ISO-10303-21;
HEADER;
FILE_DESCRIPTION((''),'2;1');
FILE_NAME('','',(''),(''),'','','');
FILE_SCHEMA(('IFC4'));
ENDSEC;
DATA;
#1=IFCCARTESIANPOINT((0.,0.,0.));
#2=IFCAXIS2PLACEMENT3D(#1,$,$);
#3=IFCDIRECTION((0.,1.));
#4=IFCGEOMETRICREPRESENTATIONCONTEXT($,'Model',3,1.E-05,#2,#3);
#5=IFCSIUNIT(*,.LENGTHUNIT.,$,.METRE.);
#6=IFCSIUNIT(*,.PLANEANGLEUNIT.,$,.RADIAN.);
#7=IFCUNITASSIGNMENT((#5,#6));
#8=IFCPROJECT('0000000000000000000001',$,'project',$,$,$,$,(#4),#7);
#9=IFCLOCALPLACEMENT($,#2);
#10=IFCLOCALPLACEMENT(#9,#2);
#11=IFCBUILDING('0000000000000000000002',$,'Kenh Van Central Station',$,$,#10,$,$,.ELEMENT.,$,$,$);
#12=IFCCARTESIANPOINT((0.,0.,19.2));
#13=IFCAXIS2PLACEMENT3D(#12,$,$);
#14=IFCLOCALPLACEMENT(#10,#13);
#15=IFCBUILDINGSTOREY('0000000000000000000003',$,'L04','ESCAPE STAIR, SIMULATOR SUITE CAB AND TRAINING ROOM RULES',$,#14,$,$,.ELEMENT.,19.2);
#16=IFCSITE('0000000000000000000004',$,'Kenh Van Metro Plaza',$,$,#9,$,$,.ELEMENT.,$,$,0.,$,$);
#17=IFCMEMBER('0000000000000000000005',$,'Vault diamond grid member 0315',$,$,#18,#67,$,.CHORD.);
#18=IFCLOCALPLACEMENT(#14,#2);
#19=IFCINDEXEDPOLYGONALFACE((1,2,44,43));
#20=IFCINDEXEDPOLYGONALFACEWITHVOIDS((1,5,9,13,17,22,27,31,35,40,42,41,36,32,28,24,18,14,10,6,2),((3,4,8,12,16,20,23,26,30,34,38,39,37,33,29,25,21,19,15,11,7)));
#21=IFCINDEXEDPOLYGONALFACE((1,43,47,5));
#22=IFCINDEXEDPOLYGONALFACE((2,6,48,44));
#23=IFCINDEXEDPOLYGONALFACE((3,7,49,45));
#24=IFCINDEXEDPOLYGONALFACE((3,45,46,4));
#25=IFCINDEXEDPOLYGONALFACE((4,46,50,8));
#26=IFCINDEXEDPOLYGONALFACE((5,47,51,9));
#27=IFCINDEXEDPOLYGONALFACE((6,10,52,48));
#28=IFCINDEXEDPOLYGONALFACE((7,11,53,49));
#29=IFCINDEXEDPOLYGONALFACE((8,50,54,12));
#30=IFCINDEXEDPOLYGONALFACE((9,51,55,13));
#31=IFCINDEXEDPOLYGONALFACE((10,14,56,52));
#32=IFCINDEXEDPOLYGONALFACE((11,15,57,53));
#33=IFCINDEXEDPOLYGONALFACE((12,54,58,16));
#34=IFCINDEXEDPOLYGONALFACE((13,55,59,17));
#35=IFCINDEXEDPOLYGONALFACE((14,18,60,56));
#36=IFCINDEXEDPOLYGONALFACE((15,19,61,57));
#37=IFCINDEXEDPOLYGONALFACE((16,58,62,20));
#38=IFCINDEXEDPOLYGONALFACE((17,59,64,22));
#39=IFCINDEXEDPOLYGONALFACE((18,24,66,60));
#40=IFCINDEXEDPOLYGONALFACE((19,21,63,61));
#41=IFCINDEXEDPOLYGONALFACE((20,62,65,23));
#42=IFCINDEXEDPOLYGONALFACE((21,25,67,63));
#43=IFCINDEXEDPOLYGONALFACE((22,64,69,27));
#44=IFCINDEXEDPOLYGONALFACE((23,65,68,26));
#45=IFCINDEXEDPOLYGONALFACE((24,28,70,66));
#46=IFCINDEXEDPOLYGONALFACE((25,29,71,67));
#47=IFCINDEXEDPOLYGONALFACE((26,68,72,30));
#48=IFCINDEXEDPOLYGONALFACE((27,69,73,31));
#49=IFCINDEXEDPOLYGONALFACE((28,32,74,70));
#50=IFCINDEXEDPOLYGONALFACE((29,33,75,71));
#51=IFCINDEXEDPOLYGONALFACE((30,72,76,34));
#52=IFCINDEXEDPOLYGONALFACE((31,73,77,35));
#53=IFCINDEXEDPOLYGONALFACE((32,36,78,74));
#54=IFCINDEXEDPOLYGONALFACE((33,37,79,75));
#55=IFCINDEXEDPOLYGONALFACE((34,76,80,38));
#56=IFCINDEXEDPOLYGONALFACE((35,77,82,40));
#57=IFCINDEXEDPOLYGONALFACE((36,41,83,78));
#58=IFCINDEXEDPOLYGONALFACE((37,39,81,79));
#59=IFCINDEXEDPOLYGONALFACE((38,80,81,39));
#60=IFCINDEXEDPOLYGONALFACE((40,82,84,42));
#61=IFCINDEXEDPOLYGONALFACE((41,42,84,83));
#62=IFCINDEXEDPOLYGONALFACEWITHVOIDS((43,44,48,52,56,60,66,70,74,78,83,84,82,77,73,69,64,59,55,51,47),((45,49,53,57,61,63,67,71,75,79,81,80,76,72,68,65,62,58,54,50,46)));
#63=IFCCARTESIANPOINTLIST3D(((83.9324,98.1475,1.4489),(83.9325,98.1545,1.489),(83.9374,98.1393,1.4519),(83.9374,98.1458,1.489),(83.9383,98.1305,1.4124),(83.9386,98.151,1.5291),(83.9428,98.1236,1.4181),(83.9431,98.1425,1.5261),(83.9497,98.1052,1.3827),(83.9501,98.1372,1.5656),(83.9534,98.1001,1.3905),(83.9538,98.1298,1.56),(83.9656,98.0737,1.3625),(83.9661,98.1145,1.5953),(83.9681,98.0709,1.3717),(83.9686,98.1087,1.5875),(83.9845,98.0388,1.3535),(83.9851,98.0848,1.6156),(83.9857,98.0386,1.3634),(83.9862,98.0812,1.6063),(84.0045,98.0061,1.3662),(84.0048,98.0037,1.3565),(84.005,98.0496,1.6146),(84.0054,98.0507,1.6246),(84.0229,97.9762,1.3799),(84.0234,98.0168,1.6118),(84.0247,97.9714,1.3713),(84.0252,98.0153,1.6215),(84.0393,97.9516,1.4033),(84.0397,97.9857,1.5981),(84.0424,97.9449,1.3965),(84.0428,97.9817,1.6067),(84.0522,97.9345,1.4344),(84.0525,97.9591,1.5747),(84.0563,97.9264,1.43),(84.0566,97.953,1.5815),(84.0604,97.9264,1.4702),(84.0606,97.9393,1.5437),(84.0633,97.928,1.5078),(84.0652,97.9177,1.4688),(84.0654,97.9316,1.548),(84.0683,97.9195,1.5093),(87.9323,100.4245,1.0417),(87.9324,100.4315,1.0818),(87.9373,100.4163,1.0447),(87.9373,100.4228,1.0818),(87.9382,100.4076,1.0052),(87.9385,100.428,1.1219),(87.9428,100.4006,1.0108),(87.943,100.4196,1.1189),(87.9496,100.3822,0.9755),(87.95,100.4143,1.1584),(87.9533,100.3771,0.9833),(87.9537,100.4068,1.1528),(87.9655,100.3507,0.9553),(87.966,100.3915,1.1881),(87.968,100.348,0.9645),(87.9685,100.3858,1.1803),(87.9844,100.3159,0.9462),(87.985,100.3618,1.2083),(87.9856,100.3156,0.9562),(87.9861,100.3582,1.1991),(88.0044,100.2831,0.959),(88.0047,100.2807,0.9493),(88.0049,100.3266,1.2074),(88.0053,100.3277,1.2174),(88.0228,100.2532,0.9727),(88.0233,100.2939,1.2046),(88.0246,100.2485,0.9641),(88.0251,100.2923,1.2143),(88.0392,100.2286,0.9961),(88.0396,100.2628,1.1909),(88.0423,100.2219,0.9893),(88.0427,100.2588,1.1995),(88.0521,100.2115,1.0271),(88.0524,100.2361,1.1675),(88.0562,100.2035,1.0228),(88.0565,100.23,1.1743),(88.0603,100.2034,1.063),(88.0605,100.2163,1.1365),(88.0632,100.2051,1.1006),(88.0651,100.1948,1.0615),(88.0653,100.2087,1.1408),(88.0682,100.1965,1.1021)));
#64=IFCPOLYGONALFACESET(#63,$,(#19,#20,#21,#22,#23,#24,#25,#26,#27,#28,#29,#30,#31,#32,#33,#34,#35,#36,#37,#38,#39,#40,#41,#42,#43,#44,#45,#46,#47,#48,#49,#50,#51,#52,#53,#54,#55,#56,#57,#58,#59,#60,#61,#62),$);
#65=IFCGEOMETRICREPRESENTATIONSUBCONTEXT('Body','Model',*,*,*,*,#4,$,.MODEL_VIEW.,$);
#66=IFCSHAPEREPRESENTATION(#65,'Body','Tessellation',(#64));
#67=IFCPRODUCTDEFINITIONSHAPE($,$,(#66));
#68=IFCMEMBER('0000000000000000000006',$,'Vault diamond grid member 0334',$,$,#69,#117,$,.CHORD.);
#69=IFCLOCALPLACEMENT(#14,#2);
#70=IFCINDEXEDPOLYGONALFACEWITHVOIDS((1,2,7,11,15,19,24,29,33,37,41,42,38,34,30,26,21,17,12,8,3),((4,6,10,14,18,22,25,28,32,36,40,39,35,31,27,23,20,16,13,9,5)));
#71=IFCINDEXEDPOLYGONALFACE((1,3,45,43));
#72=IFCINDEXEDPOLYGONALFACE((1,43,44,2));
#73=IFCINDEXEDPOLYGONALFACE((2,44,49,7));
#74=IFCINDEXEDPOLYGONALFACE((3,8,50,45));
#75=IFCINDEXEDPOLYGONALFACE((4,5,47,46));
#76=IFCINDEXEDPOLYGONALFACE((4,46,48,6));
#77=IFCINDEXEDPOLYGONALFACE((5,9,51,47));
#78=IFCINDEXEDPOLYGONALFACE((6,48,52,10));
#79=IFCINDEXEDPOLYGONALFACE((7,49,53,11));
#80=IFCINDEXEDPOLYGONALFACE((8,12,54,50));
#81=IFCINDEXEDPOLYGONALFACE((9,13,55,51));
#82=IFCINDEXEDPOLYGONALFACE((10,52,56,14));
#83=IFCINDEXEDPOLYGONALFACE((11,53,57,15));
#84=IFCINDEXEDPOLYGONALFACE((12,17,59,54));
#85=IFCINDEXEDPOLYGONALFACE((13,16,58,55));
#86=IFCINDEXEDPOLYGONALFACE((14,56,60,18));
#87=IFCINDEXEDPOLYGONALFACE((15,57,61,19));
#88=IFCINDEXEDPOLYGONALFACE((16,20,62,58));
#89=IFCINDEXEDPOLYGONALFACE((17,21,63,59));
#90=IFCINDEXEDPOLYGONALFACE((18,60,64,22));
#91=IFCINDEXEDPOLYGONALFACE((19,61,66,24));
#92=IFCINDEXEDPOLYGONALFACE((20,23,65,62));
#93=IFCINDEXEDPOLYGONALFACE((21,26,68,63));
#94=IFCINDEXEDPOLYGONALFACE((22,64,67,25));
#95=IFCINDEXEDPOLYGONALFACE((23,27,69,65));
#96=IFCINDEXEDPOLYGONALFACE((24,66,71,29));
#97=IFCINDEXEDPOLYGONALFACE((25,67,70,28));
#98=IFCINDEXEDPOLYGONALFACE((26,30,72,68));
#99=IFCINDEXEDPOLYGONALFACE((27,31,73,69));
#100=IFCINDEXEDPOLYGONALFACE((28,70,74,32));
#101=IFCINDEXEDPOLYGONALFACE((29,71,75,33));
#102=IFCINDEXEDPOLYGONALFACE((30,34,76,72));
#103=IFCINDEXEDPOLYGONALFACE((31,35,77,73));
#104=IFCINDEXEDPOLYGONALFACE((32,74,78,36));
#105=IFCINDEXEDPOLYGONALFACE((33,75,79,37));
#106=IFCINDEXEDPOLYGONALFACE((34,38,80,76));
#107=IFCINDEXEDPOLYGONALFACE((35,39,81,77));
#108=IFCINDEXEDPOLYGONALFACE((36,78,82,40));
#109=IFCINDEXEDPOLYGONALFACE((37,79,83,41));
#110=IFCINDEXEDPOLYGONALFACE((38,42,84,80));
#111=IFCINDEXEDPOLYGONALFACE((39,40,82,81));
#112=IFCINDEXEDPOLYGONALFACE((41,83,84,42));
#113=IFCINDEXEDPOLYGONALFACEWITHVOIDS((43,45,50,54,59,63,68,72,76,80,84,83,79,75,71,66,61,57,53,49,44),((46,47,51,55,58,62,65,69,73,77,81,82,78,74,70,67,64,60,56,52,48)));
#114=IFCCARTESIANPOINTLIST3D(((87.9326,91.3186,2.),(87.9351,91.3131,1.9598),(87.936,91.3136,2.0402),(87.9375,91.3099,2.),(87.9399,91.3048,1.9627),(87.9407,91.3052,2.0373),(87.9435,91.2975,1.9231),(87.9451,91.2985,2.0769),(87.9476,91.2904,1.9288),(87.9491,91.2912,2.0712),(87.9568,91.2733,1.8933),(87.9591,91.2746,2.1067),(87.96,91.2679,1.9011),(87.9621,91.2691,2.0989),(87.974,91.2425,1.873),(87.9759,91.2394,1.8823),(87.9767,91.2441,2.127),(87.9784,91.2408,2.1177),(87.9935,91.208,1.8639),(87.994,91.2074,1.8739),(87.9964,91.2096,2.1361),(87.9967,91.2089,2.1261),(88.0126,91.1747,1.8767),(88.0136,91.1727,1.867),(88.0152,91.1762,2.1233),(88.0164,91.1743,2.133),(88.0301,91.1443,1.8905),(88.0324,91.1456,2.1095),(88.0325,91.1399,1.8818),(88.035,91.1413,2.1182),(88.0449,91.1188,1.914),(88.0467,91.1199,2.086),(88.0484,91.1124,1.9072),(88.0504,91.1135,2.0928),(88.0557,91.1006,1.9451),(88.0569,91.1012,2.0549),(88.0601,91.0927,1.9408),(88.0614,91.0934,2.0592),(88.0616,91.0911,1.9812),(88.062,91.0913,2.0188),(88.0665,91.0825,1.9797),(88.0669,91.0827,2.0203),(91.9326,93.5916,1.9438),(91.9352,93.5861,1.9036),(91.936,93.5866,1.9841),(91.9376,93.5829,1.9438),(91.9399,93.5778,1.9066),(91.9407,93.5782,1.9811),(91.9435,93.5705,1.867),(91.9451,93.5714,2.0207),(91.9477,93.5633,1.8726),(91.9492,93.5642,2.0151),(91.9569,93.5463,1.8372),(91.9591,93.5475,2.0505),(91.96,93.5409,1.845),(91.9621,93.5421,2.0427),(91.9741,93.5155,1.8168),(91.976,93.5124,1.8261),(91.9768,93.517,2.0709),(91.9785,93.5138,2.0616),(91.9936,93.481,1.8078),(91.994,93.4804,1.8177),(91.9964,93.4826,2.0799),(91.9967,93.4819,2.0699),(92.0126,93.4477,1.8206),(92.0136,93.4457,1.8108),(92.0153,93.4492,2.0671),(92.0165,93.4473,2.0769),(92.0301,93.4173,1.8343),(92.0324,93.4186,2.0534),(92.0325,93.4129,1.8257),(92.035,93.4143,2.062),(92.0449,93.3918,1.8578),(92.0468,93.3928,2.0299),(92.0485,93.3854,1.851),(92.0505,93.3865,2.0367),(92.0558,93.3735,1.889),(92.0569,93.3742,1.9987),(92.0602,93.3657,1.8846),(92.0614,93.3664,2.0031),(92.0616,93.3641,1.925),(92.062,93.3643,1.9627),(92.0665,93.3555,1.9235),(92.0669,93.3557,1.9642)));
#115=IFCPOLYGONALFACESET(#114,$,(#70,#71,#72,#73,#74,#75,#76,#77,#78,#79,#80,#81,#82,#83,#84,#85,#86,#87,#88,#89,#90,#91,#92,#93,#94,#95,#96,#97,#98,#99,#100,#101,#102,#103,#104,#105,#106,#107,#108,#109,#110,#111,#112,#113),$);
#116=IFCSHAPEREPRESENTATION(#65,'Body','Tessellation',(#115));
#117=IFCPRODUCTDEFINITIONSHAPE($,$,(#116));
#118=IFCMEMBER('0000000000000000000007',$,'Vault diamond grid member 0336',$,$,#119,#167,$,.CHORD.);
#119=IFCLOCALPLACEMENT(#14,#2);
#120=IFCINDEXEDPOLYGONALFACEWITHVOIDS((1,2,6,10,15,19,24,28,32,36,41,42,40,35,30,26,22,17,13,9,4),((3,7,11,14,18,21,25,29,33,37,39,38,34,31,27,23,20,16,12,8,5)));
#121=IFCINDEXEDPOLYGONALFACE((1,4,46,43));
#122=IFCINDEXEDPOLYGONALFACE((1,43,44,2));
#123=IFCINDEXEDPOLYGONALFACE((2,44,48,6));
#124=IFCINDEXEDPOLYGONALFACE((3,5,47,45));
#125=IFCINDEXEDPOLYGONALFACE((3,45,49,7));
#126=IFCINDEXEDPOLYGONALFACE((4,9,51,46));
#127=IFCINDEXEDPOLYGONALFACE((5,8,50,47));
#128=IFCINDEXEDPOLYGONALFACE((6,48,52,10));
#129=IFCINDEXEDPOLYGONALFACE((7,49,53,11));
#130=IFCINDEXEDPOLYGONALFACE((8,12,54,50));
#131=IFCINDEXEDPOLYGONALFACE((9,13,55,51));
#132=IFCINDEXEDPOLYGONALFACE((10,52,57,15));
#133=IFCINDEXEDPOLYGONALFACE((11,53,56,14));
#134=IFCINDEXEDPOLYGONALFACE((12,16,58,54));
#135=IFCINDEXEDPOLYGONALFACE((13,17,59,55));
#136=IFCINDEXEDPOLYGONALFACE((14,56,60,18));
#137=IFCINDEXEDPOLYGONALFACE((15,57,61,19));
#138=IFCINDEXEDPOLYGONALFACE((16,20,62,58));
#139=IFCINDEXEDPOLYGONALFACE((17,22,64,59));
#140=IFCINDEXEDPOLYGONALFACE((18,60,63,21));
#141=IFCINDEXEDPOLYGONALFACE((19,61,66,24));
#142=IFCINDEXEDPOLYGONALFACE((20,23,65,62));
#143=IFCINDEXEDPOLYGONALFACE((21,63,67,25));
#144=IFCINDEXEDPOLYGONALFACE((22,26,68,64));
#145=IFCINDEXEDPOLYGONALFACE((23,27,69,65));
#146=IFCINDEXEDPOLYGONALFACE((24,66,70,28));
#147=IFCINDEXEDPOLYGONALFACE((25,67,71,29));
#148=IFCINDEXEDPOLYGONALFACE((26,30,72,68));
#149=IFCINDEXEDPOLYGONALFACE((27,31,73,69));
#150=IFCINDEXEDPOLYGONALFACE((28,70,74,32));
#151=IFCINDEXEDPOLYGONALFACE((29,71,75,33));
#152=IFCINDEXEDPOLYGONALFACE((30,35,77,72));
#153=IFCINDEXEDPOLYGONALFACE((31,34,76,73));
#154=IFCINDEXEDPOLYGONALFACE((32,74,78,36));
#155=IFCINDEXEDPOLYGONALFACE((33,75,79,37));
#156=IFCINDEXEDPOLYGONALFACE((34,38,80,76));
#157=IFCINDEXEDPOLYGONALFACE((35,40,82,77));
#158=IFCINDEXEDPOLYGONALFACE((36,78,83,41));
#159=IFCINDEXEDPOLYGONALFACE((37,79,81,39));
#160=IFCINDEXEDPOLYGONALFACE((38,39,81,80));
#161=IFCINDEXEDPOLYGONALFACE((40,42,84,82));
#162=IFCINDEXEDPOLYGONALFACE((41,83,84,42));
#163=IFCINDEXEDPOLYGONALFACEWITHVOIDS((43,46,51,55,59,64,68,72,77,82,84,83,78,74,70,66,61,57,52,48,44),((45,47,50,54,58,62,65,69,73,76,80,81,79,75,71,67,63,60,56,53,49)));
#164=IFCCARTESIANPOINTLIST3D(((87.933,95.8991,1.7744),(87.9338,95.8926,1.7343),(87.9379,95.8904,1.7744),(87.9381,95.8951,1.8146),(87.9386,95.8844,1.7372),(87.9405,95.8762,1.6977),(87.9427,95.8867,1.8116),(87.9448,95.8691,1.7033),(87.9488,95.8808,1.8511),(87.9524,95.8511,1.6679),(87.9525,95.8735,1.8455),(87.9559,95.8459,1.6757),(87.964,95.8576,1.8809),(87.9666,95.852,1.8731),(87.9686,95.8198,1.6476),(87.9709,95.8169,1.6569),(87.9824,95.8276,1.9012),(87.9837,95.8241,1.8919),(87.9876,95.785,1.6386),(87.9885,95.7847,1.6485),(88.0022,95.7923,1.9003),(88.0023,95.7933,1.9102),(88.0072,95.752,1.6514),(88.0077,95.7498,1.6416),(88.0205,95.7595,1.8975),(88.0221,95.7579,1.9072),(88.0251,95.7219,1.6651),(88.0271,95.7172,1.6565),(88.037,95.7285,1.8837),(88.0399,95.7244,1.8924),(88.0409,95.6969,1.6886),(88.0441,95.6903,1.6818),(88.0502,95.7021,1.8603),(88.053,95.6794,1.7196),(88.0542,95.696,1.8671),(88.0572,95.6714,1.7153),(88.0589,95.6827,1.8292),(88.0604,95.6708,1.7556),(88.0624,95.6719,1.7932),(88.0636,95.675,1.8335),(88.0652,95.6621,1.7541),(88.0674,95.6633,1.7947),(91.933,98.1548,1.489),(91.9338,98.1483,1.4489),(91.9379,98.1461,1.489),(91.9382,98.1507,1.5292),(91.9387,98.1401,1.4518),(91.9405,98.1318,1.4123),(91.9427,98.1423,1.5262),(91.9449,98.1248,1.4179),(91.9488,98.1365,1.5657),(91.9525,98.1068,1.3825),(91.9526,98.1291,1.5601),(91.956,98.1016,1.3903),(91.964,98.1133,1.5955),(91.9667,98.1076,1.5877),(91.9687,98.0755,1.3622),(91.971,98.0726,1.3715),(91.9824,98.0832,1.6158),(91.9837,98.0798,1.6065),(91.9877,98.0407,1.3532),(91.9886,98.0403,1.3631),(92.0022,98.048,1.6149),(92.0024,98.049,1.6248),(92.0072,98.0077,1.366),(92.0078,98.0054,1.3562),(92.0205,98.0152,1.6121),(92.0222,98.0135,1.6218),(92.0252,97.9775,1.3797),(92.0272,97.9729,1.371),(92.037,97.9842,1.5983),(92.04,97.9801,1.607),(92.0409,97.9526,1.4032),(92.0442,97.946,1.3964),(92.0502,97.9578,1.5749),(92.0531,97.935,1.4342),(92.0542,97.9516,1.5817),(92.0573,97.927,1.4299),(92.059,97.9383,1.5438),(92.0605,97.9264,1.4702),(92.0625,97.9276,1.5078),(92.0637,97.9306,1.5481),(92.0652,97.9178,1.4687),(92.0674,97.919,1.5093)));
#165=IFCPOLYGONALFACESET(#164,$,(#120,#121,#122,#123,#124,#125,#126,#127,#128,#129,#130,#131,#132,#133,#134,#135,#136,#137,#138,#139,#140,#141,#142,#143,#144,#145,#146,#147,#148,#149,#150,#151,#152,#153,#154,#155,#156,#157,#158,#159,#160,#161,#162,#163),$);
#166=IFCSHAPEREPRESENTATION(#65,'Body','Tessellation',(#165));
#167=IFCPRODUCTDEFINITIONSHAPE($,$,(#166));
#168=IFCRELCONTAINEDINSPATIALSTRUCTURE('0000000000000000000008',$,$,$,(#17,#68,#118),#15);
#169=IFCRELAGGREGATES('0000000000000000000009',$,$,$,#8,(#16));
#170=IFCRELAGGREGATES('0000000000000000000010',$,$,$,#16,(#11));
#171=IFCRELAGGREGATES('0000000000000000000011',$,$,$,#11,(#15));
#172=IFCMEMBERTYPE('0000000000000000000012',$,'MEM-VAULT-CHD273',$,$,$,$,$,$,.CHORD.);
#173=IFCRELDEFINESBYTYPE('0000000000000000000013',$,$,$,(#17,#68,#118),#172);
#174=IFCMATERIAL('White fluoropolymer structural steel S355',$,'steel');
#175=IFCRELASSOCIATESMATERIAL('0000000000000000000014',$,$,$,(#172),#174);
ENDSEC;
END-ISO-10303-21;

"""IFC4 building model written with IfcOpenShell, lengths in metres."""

from ifc_helpers import new_model, si_unit, direction, frame, origin, origin_2d, place, context, subcontext, project, spatial, hollow_circle, extrude, material, material_profile, profile_set, type_object, element, save


model = new_model("IFC4")

# Units and contexts
model_context = context("Model", 3, precision=1e-05, world=origin(), true_north=direction((0.0, 1.0)))
body_context = subcontext(model_context, "Body", "Model", "MODEL_VIEW")
ifc_project = project(units=[si_unit("LENGTHUNIT", "METRE"), si_unit("PLANEANGLEUNIT", "RADIAN")], contexts=[model_context])

# Site, building, storey
site_placement = place(None, origin())
site = spatial("IfcSite", under=ifc_project, at=site_placement, Name="Kenh Van Metro Plaza", CompositionType="ELEMENT", RefElevation=0.0)
building_placement = place(site_placement, origin())
building = spatial("IfcBuilding", under=site, at=building_placement, Name="Kenh Van Central Station", CompositionType="ELEMENT")
storey_placement = place(building_placement, frame((0.0, 0.0, 19.2)))
storey = spatial("IfcBuildingStorey", under=building, at=storey_placement, Name="L04", Description="ESCAPE STAIR, SIMULATOR SUITE CAB AND TRAINING ROOM RULES", CompositionType="ELEMENT", Elevation=19.2)

# Shared definitions
ifc_material_1 = material(Name="White fluoropolymer structural steel S355", Category="steel")

# Members
ifc_material_profile_1 = material_profile(ifc_material_1, hollow_circle(Radius=0.1365, WallThickness=0.01, at=origin_2d()), Name="CHS 273x10")
ifc_profile_set_1 = profile_set([ifc_material_profile_1], Name="White fluoropolymer structural steel S355")
member_type_1 = type_object("IfcMemberType", Name="MEM-VAULT-CHD273", PredefinedType="CHORD", material=ifc_profile_set_1)
member_1_placement = place(storey_placement, frame((84.0, 98.0359, 1.489), z_axis=(0.865667, 0.492802, -0.088131), x_axis=(-0.494727, 0.869048, 0.0)))
element("IfcMember", 1, at=member_1_placement, inside=storey, type_object=member_type_1, Name="Vault diamond grid member 0315", PredefinedType="CHORD", context=body_context, shape_type="SweptSolid", body=[
    extrude(hollow_circle(Radius=0.1365, WallThickness=0.01, at=origin_2d()), origin(), (0.0, 0.0, 1.0), 4.6206),
])
for number, where, z_axis, x_axis, name in (
    (2, (88.0, 91.2, 2.0), (0.869371, 0.494009, -0.012204), (-0.494046, 0.869436, 0.0), "Vault diamond grid member 0334"),
    (3, (88.0, 95.7803, 1.7744), (0.869375, 0.490244, -0.06203), (-0.49119, 0.871053, 0.0), "Vault diamond grid member 0336"),
):
    element("IfcMember", number, at=place(storey_placement, frame(where, z_axis=z_axis, x_axis=x_axis)), inside=storey, type_object=member_type_1, Name=name, PredefinedType="CHORD", context=body_context, shape_type="SweptSolid", body=[
        extrude(hollow_circle(Radius=0.1365, WallThickness=0.01, at=origin_2d()), origin(), (0.0, 0.0, 1.0), 4.6011),
    ])

save(model, "model.ifc")
